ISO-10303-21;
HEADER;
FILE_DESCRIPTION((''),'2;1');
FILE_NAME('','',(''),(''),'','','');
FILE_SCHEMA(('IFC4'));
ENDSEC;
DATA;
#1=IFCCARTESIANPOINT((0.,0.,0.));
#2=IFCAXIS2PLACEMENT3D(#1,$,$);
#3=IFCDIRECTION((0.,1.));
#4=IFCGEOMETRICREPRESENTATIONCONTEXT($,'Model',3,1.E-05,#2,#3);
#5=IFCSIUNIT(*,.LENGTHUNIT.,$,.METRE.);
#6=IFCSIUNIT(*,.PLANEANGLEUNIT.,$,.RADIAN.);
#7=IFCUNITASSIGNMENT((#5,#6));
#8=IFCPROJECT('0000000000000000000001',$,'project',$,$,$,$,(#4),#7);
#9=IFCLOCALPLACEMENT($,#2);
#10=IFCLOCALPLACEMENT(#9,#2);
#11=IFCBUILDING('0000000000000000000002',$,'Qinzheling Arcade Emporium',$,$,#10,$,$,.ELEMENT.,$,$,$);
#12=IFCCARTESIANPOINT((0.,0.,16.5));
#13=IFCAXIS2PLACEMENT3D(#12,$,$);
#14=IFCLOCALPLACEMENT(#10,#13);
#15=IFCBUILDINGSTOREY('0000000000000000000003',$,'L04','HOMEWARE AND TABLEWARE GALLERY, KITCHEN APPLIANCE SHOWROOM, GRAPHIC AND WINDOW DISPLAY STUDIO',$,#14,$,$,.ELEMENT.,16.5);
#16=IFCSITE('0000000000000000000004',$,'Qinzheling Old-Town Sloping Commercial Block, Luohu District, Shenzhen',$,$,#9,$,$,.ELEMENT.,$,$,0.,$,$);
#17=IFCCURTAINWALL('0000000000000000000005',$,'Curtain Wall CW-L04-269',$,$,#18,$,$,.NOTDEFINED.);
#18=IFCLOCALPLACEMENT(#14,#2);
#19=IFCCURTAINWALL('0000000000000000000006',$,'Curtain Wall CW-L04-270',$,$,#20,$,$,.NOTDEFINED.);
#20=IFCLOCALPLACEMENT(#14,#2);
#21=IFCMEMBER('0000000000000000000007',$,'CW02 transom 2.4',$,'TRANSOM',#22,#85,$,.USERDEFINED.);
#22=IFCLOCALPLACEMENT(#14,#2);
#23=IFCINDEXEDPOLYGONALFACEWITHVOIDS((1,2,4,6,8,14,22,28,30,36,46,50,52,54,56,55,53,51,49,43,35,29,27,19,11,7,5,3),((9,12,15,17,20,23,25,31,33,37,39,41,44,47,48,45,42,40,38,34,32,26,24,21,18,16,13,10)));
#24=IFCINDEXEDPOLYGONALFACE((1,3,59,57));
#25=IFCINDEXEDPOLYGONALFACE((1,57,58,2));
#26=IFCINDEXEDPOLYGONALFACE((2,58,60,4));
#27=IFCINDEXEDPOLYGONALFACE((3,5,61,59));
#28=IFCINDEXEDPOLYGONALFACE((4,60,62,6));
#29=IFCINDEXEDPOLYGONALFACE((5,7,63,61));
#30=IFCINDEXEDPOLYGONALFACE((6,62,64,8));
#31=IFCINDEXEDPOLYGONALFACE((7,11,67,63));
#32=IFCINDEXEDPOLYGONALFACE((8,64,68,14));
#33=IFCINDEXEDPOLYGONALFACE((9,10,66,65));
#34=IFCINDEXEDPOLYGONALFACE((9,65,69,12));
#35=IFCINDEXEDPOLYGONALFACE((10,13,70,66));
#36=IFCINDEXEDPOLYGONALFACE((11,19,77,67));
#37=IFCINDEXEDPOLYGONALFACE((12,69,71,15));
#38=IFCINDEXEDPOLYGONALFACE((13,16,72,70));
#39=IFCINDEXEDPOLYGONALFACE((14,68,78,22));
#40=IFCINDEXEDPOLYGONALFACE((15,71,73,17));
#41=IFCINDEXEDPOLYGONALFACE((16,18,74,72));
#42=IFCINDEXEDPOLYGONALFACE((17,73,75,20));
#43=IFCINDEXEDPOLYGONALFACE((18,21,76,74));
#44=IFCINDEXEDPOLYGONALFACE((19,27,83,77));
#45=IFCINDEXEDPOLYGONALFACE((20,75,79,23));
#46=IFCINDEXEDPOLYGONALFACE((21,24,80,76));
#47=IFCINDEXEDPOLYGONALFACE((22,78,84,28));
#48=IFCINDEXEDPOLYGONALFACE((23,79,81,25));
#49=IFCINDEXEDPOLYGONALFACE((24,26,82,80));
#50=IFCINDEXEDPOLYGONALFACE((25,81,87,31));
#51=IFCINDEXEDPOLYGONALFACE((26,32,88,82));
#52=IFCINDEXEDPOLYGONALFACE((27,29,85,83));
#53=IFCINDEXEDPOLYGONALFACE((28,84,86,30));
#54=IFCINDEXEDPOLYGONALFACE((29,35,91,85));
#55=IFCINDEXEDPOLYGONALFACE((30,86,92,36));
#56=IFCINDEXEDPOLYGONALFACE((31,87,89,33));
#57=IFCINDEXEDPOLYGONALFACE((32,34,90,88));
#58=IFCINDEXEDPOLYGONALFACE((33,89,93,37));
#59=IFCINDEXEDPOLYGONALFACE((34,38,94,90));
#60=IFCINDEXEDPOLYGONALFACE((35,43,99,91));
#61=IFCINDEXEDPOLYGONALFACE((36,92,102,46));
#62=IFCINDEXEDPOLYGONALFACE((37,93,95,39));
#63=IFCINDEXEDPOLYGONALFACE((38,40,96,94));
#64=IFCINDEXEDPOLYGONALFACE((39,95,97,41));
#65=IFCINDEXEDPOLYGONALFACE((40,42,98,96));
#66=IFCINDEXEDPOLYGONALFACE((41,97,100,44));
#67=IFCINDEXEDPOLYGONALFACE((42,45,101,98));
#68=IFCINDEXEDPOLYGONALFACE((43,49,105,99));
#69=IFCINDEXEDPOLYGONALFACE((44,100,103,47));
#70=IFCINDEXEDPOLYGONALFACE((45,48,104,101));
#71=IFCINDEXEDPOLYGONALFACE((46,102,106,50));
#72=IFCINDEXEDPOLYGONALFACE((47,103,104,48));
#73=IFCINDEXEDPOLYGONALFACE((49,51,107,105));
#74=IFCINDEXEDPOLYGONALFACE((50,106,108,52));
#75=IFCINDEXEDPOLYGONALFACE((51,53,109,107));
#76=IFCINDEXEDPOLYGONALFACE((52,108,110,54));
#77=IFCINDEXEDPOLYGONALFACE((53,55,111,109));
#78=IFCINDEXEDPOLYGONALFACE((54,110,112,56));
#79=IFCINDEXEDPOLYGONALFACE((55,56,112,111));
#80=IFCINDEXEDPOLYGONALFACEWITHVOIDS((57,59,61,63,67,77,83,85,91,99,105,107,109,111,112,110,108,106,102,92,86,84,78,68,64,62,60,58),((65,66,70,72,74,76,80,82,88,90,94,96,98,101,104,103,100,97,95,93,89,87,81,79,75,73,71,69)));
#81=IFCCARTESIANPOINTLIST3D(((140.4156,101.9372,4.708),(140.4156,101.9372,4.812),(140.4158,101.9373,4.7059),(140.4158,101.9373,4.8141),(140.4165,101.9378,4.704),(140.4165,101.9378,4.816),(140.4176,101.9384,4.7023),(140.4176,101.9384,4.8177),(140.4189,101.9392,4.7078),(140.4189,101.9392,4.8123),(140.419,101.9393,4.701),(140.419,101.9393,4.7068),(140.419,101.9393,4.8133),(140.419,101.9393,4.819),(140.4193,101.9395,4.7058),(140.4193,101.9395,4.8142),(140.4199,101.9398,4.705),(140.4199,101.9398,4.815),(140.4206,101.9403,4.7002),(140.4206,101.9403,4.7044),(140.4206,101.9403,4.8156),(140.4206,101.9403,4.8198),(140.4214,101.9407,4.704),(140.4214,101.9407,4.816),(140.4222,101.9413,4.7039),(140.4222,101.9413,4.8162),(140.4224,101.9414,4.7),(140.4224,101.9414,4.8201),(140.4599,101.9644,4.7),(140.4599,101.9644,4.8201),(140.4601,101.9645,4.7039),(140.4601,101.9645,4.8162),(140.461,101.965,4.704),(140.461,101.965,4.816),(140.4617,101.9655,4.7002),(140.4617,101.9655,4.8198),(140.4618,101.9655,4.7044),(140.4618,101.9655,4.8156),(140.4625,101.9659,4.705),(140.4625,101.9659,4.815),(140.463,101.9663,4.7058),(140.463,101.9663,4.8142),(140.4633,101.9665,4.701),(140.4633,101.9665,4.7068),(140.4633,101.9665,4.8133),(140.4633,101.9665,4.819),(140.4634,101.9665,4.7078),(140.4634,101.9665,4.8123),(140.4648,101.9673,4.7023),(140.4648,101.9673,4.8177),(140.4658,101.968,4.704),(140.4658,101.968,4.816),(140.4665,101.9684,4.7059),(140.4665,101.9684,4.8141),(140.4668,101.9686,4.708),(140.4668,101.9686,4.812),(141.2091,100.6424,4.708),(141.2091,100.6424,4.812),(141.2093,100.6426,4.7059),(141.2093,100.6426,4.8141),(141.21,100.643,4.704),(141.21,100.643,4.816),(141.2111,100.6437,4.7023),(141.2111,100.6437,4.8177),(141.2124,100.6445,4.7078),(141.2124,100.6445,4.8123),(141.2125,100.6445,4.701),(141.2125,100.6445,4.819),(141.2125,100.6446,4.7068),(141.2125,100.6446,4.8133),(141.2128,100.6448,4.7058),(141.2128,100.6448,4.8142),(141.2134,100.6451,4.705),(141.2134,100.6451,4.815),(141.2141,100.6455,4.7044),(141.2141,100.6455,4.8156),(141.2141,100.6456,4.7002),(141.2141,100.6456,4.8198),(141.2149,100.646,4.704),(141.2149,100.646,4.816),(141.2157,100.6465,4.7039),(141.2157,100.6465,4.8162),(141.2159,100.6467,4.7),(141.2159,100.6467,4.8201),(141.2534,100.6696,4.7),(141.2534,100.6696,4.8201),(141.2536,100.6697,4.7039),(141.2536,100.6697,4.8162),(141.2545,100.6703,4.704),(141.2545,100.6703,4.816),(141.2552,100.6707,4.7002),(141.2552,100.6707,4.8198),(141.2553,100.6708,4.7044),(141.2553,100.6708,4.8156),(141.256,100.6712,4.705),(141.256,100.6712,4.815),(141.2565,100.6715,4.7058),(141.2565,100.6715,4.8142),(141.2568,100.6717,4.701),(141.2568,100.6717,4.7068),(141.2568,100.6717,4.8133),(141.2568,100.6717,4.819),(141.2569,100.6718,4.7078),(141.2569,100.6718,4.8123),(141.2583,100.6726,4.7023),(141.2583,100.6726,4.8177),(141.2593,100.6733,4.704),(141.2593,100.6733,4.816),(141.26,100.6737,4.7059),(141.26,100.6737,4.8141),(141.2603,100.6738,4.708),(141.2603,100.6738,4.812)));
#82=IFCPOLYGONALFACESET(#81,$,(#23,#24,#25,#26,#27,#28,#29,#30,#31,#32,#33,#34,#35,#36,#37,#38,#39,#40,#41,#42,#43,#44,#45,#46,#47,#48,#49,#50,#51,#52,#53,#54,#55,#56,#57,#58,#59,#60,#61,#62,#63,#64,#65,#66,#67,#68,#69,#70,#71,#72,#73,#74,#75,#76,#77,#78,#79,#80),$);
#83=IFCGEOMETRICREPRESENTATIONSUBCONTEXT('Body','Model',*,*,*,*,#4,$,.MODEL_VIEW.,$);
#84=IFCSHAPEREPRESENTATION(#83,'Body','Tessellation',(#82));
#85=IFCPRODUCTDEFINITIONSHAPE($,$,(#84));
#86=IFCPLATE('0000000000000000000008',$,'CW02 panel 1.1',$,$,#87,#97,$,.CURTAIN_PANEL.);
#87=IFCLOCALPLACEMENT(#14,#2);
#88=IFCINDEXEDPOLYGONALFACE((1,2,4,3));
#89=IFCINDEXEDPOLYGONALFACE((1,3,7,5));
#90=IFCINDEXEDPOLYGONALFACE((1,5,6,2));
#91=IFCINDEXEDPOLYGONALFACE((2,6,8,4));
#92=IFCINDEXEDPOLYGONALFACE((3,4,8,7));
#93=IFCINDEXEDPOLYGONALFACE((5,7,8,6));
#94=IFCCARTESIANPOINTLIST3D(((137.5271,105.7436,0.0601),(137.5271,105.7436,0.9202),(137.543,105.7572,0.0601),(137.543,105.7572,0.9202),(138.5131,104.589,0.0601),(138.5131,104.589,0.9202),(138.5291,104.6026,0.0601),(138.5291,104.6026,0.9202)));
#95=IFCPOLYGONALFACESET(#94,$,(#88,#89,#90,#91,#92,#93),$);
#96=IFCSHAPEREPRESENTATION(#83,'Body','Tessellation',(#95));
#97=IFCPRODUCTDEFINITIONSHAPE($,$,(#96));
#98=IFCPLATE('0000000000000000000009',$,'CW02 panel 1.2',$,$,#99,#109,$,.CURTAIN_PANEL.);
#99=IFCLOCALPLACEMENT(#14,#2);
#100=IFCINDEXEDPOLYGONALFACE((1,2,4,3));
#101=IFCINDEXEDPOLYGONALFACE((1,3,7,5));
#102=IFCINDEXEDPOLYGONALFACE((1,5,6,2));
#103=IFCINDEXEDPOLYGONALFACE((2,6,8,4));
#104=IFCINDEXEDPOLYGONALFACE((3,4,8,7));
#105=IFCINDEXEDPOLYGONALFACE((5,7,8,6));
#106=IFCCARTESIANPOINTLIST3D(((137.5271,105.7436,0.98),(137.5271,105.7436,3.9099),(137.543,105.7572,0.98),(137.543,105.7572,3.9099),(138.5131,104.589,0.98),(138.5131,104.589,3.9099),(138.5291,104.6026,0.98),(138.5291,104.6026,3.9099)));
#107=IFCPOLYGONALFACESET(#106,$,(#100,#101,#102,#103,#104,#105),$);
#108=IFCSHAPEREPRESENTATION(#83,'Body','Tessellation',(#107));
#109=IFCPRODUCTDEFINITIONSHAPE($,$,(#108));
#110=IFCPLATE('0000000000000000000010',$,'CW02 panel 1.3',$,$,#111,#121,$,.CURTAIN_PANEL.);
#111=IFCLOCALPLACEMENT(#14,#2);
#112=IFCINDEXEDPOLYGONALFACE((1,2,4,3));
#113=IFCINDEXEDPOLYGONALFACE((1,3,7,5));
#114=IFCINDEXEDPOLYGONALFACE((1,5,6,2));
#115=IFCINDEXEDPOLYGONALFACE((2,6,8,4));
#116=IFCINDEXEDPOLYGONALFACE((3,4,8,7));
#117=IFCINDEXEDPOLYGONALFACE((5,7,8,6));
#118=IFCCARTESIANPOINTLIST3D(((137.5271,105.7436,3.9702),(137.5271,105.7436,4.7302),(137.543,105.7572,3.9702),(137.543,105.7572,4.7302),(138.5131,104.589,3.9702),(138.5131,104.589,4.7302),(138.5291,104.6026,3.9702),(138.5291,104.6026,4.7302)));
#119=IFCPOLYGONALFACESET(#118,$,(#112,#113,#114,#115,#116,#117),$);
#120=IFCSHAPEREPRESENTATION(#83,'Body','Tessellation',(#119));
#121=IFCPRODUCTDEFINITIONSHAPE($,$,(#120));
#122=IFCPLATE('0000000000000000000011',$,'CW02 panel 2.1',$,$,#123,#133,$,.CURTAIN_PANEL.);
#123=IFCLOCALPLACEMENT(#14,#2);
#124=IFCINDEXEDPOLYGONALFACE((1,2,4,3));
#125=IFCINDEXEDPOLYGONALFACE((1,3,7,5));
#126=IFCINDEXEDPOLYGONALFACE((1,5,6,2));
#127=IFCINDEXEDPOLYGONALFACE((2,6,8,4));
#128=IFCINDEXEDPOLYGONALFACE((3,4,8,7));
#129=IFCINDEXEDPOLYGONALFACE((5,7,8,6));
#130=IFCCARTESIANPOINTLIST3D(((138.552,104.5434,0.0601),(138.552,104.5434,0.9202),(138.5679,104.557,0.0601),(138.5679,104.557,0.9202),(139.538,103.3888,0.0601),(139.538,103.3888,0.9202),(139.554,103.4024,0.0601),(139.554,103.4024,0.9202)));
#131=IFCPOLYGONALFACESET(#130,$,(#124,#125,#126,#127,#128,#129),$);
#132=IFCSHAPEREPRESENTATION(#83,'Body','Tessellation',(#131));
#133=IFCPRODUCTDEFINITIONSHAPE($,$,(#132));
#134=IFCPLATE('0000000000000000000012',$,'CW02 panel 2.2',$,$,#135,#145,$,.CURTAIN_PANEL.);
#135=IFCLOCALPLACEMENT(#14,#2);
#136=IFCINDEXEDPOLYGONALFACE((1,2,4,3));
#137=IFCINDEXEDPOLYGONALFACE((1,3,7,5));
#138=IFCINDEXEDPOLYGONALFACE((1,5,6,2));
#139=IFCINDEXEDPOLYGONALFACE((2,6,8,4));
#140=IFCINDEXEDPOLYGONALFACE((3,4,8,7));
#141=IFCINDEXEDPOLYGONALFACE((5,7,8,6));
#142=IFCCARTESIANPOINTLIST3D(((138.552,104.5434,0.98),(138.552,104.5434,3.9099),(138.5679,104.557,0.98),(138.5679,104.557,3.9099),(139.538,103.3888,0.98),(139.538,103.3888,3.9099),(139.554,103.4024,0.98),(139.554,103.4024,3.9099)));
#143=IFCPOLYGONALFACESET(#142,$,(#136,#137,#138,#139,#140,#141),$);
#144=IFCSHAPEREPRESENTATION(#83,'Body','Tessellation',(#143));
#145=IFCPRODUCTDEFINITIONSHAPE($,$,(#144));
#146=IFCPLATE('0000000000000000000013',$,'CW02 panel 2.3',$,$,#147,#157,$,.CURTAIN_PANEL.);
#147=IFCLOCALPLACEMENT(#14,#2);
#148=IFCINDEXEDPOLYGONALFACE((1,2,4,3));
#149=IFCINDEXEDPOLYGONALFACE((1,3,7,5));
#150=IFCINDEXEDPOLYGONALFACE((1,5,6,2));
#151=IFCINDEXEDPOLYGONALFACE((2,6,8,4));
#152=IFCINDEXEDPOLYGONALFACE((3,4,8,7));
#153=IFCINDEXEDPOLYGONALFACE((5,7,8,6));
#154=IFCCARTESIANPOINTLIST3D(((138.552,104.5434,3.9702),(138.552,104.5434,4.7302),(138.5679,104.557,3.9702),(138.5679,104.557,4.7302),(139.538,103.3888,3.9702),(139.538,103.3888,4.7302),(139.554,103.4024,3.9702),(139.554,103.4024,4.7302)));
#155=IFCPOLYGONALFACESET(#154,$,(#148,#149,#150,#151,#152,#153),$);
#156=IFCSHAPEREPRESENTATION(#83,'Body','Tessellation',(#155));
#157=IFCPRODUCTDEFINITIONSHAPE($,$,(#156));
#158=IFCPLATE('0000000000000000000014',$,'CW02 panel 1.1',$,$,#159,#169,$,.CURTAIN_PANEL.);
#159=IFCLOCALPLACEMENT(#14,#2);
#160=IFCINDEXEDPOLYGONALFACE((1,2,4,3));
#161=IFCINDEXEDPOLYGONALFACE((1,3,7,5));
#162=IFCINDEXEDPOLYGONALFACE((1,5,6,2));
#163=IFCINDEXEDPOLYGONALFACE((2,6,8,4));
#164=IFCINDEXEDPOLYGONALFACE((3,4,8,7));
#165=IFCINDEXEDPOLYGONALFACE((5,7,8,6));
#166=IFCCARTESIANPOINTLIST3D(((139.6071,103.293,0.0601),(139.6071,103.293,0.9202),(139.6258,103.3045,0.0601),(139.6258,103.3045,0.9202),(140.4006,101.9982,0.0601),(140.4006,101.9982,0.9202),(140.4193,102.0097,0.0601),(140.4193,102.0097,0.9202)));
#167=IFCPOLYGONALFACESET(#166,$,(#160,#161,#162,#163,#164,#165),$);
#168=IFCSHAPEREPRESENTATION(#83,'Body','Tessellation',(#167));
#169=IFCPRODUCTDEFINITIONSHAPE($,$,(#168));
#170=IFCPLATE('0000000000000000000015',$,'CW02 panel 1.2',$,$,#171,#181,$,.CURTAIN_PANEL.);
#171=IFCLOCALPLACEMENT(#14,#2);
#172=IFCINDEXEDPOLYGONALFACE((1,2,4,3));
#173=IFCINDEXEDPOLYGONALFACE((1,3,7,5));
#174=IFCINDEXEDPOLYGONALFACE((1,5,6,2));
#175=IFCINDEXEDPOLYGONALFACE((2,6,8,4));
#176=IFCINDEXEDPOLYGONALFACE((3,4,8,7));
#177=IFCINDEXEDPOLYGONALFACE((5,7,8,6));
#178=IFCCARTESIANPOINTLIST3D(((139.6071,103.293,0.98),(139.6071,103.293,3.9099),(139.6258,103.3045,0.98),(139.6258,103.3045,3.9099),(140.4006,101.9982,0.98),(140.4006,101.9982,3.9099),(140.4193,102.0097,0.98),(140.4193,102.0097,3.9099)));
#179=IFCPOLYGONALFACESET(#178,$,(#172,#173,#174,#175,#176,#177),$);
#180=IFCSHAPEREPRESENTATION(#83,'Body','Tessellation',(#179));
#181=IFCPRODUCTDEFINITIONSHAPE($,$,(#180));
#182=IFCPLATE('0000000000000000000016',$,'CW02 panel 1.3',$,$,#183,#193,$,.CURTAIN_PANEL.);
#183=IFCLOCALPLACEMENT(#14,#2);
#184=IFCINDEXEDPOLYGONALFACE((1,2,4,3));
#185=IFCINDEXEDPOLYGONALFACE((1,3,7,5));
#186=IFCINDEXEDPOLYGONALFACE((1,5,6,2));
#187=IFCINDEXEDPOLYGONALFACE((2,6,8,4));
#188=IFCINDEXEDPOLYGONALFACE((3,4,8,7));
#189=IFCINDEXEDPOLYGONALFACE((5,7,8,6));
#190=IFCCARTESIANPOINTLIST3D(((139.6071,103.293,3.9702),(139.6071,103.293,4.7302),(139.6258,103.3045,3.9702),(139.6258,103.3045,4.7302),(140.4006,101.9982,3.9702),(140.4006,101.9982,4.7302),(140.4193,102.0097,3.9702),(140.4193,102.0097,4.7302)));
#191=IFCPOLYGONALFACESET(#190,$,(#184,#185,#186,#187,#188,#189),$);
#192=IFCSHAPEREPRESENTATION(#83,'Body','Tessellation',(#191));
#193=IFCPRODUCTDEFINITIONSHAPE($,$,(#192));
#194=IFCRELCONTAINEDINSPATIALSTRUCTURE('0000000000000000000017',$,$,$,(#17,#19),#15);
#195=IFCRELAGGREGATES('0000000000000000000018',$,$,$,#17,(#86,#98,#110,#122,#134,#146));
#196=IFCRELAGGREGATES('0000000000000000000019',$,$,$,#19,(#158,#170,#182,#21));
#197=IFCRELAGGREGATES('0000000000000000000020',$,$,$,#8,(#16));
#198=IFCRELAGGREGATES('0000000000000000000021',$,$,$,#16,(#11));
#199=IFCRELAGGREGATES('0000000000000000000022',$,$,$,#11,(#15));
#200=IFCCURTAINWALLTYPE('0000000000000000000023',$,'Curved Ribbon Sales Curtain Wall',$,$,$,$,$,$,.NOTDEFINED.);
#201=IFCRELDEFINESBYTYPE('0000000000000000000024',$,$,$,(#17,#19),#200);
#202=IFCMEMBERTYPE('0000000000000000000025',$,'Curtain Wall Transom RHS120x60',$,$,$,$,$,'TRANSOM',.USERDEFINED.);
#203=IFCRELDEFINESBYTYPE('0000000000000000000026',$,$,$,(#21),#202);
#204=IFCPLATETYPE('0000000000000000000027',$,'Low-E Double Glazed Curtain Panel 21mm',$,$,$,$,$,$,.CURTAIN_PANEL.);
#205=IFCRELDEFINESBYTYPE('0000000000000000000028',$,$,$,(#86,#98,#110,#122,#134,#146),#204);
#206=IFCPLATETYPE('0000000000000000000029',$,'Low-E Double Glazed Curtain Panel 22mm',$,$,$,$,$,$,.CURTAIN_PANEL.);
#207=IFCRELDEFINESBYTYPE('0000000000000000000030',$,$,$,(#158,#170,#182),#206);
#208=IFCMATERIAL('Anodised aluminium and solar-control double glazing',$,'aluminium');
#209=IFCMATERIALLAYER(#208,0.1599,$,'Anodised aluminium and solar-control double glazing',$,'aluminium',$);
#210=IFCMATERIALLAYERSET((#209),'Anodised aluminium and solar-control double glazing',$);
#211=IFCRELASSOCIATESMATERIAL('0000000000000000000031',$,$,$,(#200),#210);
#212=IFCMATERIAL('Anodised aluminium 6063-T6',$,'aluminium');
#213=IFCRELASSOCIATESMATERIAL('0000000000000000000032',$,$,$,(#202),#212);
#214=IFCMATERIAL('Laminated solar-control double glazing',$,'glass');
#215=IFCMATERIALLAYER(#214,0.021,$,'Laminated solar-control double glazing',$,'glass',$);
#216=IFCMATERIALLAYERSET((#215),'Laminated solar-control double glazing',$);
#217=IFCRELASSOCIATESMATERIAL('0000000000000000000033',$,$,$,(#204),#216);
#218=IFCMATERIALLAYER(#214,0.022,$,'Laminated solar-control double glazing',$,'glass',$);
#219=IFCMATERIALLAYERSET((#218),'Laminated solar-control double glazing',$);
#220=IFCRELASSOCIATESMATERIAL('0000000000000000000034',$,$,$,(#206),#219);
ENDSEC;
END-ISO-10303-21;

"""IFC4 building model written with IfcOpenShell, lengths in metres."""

from ifc_helpers import new_model, si_unit, direction, frame, origin, origin_2d, place, context, subcontext, project, spatial, rectangle, hollow_rectangle, extrude, material, layer, layer_set, material_profile, profile_set, type_object, element, aggregate, save


model = new_model("IFC4")

# Units and contexts
model_context = context("Model", 3, precision=1e-05, world=origin(), true_north=direction((0.0, 1.0)))
body_context = subcontext(model_context, "Body", "Model", "MODEL_VIEW")
ifc_project = project(units=[si_unit("LENGTHUNIT", "METRE"), si_unit("PLANEANGLEUNIT", "RADIAN")], contexts=[model_context])

# Site, building, storey
site_placement = place(None, origin())
site = spatial("IfcSite", under=ifc_project, at=site_placement, Name="Qinzheling Old-Town Sloping Commercial Block, Luohu District, Shenzhen", CompositionType="ELEMENT", RefElevation=0.0)
building_placement = place(site_placement, origin())
building = spatial("IfcBuilding", under=site, at=building_placement, Name="Qinzheling Arcade Emporium", CompositionType="ELEMENT")
storey_placement = place(building_placement, frame((0.0, 0.0, 16.5)))
storey = spatial("IfcBuildingStorey", under=building, at=storey_placement, Name="L04", Description="HOMEWARE AND TABLEWARE GALLERY, KITCHEN APPLIANCE SHOWROOM, GRAPHIC AND WINDOW DISPLAY STUDIO", CompositionType="ELEMENT", Elevation=16.5)

# Curtain walls
ifc_material_1 = material(Name="Anodised aluminium and solar-control double glazing", Category="aluminium")
ifc_layer_1 = layer(ifc_material_1, 0.1599, Name="Anodised aluminium and solar-control double glazing", Category="aluminium")
ifc_layer_set_1 = layer_set([ifc_layer_1], Name="Anodised aluminium and solar-control double glazing")
curtain_wall_type = type_object("IfcCurtainWallType", Name="Curved Ribbon Sales Curtain Wall", PredefinedType="NOTDEFINED", material=ifc_layer_set_1)
ifc_material_2 = material(Name="Anodised aluminium 6063-T6", Category="aluminium")
curtain_wall_1_placement = place(storey_placement, origin())
curtain_wall_1 = element("IfcCurtainWall", 1, at=curtain_wall_1_placement, inside=storey, type_object=curtain_wall_type, Name="Curtain Wall CW-L04-269", PredefinedType="NOTDEFINED")
curtain_wall_2_placement = place(storey_placement, origin())
curtain_wall_2 = element("IfcCurtainWall", 2, at=curtain_wall_2_placement, inside=storey, type_object=curtain_wall_type, Name="Curtain Wall CW-L04-270", PredefinedType="NOTDEFINED")

# Member
ifc_material_profile_1 = material_profile(ifc_material_2, hollow_rectangle(XDim=0.0601, YDim=0.1201, WallThickness=0.0039, InnerFilletRadius=0.0039, OuterFilletRadius=0.0081, at=origin_2d()), Name="RHS 120x60x4", Category="aluminium")
ifc_profile_set_1 = profile_set([ifc_material_profile_1], Name="Anodised aluminium 6063-T6")
member_type_1 = type_object("IfcMemberType", Name="Curtain Wall Transom RHS120x60", ElementType="TRANSOM", PredefinedType="USERDEFINED", material=ifc_profile_set_1)
member_1_placement = place(storey_placement, frame((140.4412, 101.9529, 4.76), z_axis=(0.522536, -0.852617, 0.0), x_axis=(0.852617, 0.522536, 0.0)))
member_1 = element("IfcMember", 3, at=member_1_placement, type_object=member_type_1, Name="CW02 transom 2.4", ObjectType="TRANSOM", PredefinedType="USERDEFINED", context=body_context, shape_type="SweptSolid", body=[
    extrude(hollow_rectangle(XDim=0.0601, YDim=0.1201, WallThickness=0.0039, InnerFilletRadius=0.0039, OuterFilletRadius=0.0081, at=origin_2d()), origin(), (0.0, 0.0, 1.0), 1.5186),
])

# Plates
ifc_material_3 = material(Name="Laminated solar-control double glazing", Category="glass")
ifc_layer_2 = layer(ifc_material_3, 0.021, Name="Laminated solar-control double glazing", Category="glass")
ifc_layer_set_2 = layer_set([ifc_layer_2], Name="Laminated solar-control double glazing")
plate_type_1 = type_object("IfcPlateType", Name="Low-E Double Glazed Curtain Panel 21mm", PredefinedType="CURTAIN_PANEL", material=ifc_layer_set_2)
plate_1_placement = place(storey_placement, frame((138.0281, 105.1731, 0.0601), z_axis=(0.0, 0.0, 1.0), x_axis=(0.649433, -0.760418, 0.0)))
plate_1 = element("IfcPlate", 4, at=plate_1_placement, type_object=plate_type_1, Name="CW02 panel 1.1", PredefinedType="CURTAIN_PANEL", context=body_context, shape_type="SweptSolid", body=[
    extrude(rectangle(XDim=1.5183, YDim=0.021, at=origin_2d()), origin(), (0.0, 0.0, 1.0), 0.8601),
])
plate_2_placement = place(storey_placement, frame((138.0281, 105.1731, 0.98), z_axis=(0.0, 0.0, 1.0), x_axis=(0.649433, -0.760418, 0.0)))
plate_2 = element("IfcPlate", 5, at=plate_2_placement, type_object=plate_type_1, Name="CW02 panel 1.2", PredefinedType="CURTAIN_PANEL", context=body_context, shape_type="SweptSolid", body=[
    extrude(rectangle(XDim=1.5183, YDim=0.021, at=origin_2d()), origin(), (0.0, 0.0, 1.0), 2.9299),
])
plate_3_placement = place(storey_placement, frame((138.0281, 105.1731, 3.9702), z_axis=(0.0, 0.0, 1.0), x_axis=(0.649433, -0.760418, 0.0)))
plate_3 = element("IfcPlate", 6, at=plate_3_placement, type_object=plate_type_1, Name="CW02 panel 1.3", PredefinedType="CURTAIN_PANEL", context=body_context, shape_type="SweptSolid", body=[
    extrude(rectangle(XDim=1.5183, YDim=0.021, at=origin_2d()), origin(), (0.0, 0.0, 1.0), 0.76),
])
plate_4_placement = place(storey_placement, frame((139.053, 103.9729, 0.0601), z_axis=(0.0, 0.0, 1.0), x_axis=(0.649433, -0.760418, 0.0)))
plate_4 = element("IfcPlate", 7, at=plate_4_placement, type_object=plate_type_1, Name="CW02 panel 2.1", PredefinedType="CURTAIN_PANEL", context=body_context, shape_type="SweptSolid", body=[
    extrude(rectangle(XDim=1.5183, YDim=0.021, at=origin_2d()), origin(), (0.0, 0.0, 1.0), 0.8601),
])
plate_5_placement = place(storey_placement, frame((139.053, 103.9729, 0.98), z_axis=(0.0, 0.0, 1.0), x_axis=(0.649433, -0.760418, 0.0)))
plate_5 = element("IfcPlate", 8, at=plate_5_placement, type_object=plate_type_1, Name="CW02 panel 2.2", PredefinedType="CURTAIN_PANEL", context=body_context, shape_type="SweptSolid", body=[
    extrude(rectangle(XDim=1.5183, YDim=0.021, at=origin_2d()), origin(), (0.0, 0.0, 1.0), 2.9299),
])
plate_6_placement = place(storey_placement, frame((139.053, 103.9729, 3.9702), z_axis=(0.0, 0.0, 1.0), x_axis=(0.649433, -0.760418, 0.0)))
plate_6 = element("IfcPlate", 9, at=plate_6_placement, type_object=plate_type_1, Name="CW02 panel 2.3", PredefinedType="CURTAIN_PANEL", context=body_context, shape_type="SweptSolid", body=[
    extrude(rectangle(XDim=1.5183, YDim=0.021, at=origin_2d()), origin(), (0.0, 0.0, 1.0), 0.76),
])
aggregate(curtain_wall_1, [plate_1, plate_2, plate_3, plate_4, plate_5, plate_6])
ifc_layer_3 = layer(ifc_material_3, 0.022, Name="Laminated solar-control double glazing", Category="glass")
ifc_layer_set_3 = layer_set([ifc_layer_3], Name="Laminated solar-control double glazing")
plate_type_2 = type_object("IfcPlateType", Name="Low-E Double Glazed Curtain Panel 22mm", PredefinedType="CURTAIN_PANEL", material=ifc_layer_set_3)
plate_7_placement = place(storey_placement, frame((140.0132, 102.6514, 0.0601), z_axis=(0.0, 0.0, 1.0), x_axis=(0.522518, -0.852628, 0.0)))
plate_7 = element("IfcPlate", 10, at=plate_7_placement, type_object=plate_type_2, Name="CW02 panel 1.1", PredefinedType="CURTAIN_PANEL", context=body_context, shape_type="SweptSolid", body=[
    extrude(rectangle(XDim=1.5186, YDim=0.022, at=origin_2d()), origin(), (0.0, 0.0, 1.0), 0.8601),
])
plate_8_placement = place(storey_placement, frame((140.0132, 102.6514, 0.98), z_axis=(0.0, 0.0, 1.0), x_axis=(0.522518, -0.852628, 0.0)))
plate_8 = element("IfcPlate", 11, at=plate_8_placement, type_object=plate_type_2, Name="CW02 panel 1.2", PredefinedType="CURTAIN_PANEL", context=body_context, shape_type="SweptSolid", body=[
    extrude(rectangle(XDim=1.5186, YDim=0.022, at=origin_2d()), origin(), (0.0, 0.0, 1.0), 2.9299),
])
plate_9_placement = place(storey_placement, frame((140.0132, 102.6514, 3.9702), z_axis=(0.0, 0.0, 1.0), x_axis=(0.522518, -0.852628, 0.0)))
plate_9 = element("IfcPlate", 12, at=plate_9_placement, type_object=plate_type_2, Name="CW02 panel 1.3", PredefinedType="CURTAIN_PANEL", context=body_context, shape_type="SweptSolid", body=[
    extrude(rectangle(XDim=1.5186, YDim=0.022, at=origin_2d()), origin(), (0.0, 0.0, 1.0), 0.76),
])
aggregate(curtain_wall_2, [plate_7, plate_8, plate_9, member_1])

save(model, "model.ifc")
